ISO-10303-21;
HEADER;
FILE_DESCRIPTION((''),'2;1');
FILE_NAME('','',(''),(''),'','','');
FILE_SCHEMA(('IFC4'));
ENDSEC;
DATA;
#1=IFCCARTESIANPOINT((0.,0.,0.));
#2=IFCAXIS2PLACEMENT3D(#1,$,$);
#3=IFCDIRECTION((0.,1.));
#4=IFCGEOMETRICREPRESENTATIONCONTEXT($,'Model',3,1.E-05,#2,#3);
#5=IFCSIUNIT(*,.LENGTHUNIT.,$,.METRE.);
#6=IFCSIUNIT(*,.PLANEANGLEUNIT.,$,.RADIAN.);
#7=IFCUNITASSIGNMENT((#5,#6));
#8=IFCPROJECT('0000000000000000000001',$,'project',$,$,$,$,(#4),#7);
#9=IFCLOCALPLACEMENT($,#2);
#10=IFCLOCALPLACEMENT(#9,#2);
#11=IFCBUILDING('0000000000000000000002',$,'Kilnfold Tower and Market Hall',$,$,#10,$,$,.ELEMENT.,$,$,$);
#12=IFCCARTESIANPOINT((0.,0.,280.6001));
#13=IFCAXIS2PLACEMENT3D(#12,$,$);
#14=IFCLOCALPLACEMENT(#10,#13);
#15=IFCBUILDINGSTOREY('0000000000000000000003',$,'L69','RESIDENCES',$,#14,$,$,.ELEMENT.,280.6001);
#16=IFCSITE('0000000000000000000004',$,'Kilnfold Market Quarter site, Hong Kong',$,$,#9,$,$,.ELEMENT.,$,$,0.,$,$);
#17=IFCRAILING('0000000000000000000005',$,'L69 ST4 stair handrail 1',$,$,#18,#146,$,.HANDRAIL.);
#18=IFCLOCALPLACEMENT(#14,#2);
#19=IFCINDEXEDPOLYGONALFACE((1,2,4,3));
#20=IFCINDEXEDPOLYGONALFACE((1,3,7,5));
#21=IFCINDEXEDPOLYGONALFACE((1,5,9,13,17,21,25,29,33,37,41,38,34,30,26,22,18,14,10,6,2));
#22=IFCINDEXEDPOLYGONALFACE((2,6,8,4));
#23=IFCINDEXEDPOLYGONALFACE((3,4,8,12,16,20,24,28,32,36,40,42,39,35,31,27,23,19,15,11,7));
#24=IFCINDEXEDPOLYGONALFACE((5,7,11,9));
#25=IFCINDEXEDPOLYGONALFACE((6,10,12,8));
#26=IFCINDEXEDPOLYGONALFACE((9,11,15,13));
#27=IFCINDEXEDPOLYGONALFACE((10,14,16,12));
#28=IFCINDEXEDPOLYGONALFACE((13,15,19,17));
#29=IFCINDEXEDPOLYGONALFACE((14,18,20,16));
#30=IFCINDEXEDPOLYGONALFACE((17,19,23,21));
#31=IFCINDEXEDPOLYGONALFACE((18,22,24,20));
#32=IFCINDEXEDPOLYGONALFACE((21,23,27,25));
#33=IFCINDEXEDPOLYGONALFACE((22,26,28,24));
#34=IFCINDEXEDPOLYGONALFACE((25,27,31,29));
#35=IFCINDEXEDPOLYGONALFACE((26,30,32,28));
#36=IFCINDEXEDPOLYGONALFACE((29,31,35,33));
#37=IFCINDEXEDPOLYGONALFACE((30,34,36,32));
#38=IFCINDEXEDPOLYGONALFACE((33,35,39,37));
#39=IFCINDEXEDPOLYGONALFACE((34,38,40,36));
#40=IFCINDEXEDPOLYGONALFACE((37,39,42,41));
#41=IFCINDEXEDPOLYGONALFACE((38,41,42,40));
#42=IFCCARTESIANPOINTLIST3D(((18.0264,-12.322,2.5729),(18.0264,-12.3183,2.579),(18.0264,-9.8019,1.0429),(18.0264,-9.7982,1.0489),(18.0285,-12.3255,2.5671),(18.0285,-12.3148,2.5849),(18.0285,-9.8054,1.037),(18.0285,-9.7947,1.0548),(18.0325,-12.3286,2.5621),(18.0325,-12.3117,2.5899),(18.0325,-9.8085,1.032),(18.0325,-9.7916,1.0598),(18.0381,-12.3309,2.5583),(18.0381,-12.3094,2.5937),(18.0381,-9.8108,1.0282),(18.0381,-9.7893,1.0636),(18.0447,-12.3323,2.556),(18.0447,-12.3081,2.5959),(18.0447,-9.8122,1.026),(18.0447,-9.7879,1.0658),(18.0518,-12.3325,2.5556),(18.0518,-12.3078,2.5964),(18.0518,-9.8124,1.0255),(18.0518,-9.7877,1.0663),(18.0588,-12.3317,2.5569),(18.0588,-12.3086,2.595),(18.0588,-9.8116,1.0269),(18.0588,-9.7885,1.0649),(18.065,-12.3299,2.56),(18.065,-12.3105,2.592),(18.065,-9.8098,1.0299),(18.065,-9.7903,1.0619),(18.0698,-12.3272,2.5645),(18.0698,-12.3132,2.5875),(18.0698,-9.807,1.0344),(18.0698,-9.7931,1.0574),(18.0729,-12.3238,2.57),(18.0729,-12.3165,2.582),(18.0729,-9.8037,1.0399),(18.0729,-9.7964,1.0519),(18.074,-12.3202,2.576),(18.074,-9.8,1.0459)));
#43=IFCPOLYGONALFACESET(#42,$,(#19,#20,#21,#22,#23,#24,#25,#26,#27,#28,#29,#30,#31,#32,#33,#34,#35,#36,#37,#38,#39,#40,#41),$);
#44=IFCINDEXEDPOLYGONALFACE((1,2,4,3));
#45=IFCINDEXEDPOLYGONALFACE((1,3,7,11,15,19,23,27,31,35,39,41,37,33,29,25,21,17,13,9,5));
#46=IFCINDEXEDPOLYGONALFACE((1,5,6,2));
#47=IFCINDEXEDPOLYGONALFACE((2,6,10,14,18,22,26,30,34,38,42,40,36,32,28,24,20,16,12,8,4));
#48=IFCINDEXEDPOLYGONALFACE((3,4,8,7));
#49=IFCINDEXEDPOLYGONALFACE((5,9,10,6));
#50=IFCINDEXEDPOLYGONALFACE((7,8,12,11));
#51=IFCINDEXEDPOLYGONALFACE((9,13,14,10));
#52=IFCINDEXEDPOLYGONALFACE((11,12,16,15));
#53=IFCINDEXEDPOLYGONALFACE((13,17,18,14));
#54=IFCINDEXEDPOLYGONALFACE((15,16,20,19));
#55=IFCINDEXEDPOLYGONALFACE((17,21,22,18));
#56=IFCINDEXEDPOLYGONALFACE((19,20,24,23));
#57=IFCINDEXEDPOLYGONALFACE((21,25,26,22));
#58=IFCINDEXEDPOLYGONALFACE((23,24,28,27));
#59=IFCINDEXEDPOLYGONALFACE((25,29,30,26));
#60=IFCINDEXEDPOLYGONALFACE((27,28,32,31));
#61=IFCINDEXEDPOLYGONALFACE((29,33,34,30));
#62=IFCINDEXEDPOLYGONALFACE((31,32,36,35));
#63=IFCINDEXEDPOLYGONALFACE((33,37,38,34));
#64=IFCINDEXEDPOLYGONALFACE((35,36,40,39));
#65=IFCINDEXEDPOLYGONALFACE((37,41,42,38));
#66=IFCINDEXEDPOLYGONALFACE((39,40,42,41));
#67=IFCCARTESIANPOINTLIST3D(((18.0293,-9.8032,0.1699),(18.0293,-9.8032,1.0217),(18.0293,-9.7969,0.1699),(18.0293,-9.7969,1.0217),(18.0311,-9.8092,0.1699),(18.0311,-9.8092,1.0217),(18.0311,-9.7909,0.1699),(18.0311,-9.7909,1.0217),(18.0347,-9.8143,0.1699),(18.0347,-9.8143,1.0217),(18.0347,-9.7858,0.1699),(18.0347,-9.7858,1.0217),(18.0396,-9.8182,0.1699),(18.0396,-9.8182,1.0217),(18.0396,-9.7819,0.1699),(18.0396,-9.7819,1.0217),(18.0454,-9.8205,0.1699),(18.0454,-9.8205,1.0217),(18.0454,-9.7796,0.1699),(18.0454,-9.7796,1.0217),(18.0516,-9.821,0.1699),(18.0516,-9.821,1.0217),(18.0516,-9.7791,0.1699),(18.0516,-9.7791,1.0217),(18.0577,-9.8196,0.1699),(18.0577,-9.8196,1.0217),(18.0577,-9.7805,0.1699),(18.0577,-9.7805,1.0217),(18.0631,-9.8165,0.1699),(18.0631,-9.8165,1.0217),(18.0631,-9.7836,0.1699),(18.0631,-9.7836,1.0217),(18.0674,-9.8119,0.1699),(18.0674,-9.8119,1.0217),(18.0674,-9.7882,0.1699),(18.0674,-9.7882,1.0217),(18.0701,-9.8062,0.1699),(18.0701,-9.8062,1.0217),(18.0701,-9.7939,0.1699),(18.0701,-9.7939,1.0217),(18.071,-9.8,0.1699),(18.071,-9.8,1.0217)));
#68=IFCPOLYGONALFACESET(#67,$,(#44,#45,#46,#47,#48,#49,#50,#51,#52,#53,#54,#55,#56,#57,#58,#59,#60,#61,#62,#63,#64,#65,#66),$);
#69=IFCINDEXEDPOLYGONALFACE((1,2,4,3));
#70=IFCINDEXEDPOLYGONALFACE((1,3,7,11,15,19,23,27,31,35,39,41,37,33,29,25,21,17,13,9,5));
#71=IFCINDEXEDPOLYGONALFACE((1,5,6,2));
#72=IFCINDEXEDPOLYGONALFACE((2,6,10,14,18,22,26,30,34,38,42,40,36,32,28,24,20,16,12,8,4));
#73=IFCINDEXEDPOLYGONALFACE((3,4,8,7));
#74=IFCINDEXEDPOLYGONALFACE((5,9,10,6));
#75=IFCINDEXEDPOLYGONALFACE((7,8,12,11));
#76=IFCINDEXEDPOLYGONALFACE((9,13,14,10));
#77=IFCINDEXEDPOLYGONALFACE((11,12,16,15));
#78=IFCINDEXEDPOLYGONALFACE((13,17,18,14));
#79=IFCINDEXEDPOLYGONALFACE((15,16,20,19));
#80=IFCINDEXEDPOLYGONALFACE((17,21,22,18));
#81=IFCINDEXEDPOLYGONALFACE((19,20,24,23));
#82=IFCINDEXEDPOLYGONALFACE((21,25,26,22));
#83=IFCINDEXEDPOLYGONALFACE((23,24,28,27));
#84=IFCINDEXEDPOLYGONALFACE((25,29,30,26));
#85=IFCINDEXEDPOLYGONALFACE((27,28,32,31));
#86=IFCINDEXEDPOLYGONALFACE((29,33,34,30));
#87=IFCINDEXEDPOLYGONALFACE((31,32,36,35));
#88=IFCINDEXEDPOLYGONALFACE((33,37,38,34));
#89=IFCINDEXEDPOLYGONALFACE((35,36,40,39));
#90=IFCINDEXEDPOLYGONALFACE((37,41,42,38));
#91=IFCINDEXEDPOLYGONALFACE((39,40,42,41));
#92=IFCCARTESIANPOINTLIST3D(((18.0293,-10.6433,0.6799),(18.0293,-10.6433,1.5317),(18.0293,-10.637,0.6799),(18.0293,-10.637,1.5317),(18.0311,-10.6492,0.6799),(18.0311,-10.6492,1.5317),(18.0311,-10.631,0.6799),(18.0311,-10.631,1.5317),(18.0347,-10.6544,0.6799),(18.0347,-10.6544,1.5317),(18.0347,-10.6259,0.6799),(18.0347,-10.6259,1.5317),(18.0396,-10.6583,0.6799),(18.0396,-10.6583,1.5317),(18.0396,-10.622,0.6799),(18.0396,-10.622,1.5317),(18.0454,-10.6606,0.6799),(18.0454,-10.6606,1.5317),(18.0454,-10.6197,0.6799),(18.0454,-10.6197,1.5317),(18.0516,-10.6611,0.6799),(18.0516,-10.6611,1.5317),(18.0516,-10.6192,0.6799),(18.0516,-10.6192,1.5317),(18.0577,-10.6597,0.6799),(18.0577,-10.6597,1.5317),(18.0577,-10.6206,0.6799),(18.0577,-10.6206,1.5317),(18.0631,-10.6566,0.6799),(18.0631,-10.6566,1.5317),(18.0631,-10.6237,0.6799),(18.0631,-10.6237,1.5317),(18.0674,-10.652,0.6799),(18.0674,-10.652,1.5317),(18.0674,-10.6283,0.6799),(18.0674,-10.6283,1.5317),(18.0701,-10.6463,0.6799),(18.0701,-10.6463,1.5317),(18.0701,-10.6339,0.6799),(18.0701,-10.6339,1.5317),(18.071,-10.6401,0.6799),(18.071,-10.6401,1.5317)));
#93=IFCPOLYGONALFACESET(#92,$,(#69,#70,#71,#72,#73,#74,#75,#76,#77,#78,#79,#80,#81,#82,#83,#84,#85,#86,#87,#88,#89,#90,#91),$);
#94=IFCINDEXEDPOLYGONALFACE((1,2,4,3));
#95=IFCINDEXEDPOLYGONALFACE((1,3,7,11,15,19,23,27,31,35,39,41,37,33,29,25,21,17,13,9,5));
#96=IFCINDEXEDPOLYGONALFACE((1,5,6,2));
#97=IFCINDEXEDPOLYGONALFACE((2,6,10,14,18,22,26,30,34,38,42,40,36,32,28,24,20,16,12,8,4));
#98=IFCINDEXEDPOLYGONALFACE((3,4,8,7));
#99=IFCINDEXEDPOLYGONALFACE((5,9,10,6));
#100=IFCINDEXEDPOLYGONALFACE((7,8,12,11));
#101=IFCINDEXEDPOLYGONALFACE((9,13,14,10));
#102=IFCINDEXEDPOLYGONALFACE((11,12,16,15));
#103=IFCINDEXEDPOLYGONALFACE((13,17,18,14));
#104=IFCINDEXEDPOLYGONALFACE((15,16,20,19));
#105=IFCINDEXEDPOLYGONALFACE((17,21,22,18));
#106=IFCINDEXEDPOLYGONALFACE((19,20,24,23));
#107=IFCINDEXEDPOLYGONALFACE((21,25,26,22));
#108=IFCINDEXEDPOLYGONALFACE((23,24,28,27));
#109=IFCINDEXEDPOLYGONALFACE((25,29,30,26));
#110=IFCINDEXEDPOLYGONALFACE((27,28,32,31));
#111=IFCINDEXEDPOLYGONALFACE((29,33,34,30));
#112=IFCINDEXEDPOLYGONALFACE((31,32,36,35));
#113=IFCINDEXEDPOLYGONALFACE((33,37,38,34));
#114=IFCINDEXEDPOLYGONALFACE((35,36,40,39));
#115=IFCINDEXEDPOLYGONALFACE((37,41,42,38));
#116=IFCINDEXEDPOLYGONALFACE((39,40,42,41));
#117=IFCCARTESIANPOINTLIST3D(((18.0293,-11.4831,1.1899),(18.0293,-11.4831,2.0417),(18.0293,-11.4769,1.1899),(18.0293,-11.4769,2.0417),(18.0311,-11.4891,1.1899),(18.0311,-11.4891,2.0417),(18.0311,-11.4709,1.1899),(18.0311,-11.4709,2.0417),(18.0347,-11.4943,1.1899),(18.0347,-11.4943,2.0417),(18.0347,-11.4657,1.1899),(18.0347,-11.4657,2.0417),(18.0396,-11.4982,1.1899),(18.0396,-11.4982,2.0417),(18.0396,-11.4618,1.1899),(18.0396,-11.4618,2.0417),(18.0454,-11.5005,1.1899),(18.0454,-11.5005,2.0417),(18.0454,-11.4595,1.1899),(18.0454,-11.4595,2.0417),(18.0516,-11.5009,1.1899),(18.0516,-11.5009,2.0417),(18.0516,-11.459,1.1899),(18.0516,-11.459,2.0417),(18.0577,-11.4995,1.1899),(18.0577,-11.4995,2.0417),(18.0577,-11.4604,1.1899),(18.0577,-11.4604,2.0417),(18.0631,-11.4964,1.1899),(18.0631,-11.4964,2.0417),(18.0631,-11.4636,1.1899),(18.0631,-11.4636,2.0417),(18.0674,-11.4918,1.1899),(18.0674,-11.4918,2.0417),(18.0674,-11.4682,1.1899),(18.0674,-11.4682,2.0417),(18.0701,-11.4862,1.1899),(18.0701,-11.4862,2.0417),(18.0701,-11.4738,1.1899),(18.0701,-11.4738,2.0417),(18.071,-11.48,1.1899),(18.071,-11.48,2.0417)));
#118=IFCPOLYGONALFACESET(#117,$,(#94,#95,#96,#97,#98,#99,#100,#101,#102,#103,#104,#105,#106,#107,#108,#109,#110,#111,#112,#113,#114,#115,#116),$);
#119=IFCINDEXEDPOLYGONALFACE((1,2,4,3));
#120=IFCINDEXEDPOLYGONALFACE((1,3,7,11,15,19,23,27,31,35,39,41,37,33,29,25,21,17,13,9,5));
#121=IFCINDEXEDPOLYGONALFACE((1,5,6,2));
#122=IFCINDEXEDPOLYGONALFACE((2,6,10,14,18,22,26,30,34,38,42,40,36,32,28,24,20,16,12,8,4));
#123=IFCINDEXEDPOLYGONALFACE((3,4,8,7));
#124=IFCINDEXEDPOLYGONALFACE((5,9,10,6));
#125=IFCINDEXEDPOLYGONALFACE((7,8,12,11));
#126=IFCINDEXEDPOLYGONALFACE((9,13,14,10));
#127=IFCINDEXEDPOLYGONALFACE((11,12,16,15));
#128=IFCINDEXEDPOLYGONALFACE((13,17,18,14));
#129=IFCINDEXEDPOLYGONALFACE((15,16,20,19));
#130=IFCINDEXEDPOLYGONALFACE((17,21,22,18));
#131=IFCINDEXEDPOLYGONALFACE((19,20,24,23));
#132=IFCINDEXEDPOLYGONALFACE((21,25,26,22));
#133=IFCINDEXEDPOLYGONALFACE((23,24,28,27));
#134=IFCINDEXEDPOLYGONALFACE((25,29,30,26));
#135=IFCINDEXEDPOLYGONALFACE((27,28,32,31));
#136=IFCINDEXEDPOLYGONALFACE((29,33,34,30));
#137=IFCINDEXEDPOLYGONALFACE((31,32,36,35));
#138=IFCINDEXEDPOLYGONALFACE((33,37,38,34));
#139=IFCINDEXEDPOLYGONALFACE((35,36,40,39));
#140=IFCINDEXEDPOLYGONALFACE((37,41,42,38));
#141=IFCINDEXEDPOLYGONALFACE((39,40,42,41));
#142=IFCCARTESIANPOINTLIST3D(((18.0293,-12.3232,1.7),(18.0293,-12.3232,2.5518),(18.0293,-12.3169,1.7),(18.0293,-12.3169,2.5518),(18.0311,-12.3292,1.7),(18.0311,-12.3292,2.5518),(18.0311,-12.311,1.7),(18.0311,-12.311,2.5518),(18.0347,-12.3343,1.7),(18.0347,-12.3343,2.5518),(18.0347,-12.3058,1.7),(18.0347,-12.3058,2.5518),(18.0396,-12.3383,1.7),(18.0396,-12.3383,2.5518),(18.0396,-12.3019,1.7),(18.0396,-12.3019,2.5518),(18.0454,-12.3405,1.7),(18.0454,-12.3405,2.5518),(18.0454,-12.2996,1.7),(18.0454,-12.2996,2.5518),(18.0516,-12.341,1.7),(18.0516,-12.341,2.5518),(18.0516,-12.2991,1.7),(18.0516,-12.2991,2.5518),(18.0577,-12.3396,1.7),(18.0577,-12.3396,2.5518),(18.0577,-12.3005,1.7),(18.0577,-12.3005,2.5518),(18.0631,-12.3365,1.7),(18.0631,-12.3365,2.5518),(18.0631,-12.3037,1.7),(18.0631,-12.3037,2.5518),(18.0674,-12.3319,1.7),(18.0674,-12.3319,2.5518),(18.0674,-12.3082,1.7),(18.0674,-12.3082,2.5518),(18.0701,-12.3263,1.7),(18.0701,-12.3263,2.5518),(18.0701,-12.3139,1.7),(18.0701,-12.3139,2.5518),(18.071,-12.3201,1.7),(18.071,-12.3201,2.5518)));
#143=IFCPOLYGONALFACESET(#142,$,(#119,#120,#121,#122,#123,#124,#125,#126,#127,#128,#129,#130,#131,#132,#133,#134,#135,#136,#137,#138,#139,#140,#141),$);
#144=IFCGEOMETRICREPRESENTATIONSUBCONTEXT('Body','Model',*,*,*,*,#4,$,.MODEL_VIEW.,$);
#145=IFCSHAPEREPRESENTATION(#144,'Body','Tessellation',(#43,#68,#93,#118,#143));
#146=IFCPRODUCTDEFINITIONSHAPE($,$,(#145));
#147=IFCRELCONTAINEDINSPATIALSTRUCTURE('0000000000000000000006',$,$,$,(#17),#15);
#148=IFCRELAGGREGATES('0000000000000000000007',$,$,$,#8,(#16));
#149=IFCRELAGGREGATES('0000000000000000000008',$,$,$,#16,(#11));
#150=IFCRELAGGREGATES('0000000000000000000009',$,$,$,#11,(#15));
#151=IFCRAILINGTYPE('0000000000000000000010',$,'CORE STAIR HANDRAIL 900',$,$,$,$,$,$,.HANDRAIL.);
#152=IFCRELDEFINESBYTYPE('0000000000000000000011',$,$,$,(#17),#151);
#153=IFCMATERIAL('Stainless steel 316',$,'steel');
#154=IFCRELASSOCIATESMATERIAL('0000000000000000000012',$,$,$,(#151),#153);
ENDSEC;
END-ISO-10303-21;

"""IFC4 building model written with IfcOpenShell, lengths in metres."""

from ifc_helpers import new_model, si_unit, direction, frame, origin, origin_2d, place, context, subcontext, project, spatial, circle, extrude, material, type_object, element, save


model = new_model("IFC4")

# Units and contexts
model_context = context("Model", 3, precision=1e-05, world=origin(), true_north=direction((0.0, 1.0)))
body_context = subcontext(model_context, "Body", "Model", "MODEL_VIEW")
ifc_project = project(units=[si_unit("LENGTHUNIT", "METRE"), si_unit("PLANEANGLEUNIT", "RADIAN")], contexts=[model_context])

# Site, building, storey
site_placement = place(None, origin())
site = spatial("IfcSite", under=ifc_project, at=site_placement, Name="Kilnfold Market Quarter site, Hong Kong", CompositionType="ELEMENT", RefElevation=0.0)
building_placement = place(site_placement, origin())
building = spatial("IfcBuilding", under=site, at=building_placement, Name="Kilnfold Tower and Market Hall", CompositionType="ELEMENT")
storey_placement = place(building_placement, frame((0.0, 0.0, 280.6001)))
storey = spatial("IfcBuildingStorey", under=building, at=storey_placement, Name="L69", Description="RESIDENCES", CompositionType="ELEMENT", Elevation=280.6001)

# Railing
ifc_material_1 = material(Name="Stainless steel 316", Category="steel")
railing_type_1 = type_object("IfcRailingType", Name="CORE STAIR HANDRAIL 900", PredefinedType="HANDRAIL", material=ifc_material_1)
railing_1_placement = place(storey_placement, frame((18.05, -9.8, 0.1699)))
element("IfcRailing", 1, at=railing_1_placement, inside=storey, type_object=railing_type_1, Name="L69 ST4 stair handrail 1", PredefinedType="HANDRAIL", context=body_context, shape_type="SweptSolid", body=[
    extrude(circle(Radius=0.0239, at=origin_2d()), frame((0.0, 0.0, 0.876), z_axis=(0.0, -0.854785, 0.518982), x_axis=(1.0, 0.0, 0.0)), (0.0, 0.0, 1.0), 2.9482),
    extrude(circle(Radius=0.021, at=origin_2d()), origin(), (0.0, 0.0, 1.0), 0.8518),
    extrude(circle(Radius=0.021, at=origin_2d()), frame((0.0, -0.8401, 0.51)), (0.0, 0.0, 1.0), 0.8518),
    extrude(circle(Radius=0.021, at=origin_2d()), frame((0.0, -1.6799, 1.02)), (0.0, 0.0, 1.0), 0.8518),
    extrude(circle(Radius=0.021, at=origin_2d()), frame((0.0, -2.52, 1.53)), (0.0, 0.0, 1.0), 0.8518),
])

save(model, "model.ifc")
